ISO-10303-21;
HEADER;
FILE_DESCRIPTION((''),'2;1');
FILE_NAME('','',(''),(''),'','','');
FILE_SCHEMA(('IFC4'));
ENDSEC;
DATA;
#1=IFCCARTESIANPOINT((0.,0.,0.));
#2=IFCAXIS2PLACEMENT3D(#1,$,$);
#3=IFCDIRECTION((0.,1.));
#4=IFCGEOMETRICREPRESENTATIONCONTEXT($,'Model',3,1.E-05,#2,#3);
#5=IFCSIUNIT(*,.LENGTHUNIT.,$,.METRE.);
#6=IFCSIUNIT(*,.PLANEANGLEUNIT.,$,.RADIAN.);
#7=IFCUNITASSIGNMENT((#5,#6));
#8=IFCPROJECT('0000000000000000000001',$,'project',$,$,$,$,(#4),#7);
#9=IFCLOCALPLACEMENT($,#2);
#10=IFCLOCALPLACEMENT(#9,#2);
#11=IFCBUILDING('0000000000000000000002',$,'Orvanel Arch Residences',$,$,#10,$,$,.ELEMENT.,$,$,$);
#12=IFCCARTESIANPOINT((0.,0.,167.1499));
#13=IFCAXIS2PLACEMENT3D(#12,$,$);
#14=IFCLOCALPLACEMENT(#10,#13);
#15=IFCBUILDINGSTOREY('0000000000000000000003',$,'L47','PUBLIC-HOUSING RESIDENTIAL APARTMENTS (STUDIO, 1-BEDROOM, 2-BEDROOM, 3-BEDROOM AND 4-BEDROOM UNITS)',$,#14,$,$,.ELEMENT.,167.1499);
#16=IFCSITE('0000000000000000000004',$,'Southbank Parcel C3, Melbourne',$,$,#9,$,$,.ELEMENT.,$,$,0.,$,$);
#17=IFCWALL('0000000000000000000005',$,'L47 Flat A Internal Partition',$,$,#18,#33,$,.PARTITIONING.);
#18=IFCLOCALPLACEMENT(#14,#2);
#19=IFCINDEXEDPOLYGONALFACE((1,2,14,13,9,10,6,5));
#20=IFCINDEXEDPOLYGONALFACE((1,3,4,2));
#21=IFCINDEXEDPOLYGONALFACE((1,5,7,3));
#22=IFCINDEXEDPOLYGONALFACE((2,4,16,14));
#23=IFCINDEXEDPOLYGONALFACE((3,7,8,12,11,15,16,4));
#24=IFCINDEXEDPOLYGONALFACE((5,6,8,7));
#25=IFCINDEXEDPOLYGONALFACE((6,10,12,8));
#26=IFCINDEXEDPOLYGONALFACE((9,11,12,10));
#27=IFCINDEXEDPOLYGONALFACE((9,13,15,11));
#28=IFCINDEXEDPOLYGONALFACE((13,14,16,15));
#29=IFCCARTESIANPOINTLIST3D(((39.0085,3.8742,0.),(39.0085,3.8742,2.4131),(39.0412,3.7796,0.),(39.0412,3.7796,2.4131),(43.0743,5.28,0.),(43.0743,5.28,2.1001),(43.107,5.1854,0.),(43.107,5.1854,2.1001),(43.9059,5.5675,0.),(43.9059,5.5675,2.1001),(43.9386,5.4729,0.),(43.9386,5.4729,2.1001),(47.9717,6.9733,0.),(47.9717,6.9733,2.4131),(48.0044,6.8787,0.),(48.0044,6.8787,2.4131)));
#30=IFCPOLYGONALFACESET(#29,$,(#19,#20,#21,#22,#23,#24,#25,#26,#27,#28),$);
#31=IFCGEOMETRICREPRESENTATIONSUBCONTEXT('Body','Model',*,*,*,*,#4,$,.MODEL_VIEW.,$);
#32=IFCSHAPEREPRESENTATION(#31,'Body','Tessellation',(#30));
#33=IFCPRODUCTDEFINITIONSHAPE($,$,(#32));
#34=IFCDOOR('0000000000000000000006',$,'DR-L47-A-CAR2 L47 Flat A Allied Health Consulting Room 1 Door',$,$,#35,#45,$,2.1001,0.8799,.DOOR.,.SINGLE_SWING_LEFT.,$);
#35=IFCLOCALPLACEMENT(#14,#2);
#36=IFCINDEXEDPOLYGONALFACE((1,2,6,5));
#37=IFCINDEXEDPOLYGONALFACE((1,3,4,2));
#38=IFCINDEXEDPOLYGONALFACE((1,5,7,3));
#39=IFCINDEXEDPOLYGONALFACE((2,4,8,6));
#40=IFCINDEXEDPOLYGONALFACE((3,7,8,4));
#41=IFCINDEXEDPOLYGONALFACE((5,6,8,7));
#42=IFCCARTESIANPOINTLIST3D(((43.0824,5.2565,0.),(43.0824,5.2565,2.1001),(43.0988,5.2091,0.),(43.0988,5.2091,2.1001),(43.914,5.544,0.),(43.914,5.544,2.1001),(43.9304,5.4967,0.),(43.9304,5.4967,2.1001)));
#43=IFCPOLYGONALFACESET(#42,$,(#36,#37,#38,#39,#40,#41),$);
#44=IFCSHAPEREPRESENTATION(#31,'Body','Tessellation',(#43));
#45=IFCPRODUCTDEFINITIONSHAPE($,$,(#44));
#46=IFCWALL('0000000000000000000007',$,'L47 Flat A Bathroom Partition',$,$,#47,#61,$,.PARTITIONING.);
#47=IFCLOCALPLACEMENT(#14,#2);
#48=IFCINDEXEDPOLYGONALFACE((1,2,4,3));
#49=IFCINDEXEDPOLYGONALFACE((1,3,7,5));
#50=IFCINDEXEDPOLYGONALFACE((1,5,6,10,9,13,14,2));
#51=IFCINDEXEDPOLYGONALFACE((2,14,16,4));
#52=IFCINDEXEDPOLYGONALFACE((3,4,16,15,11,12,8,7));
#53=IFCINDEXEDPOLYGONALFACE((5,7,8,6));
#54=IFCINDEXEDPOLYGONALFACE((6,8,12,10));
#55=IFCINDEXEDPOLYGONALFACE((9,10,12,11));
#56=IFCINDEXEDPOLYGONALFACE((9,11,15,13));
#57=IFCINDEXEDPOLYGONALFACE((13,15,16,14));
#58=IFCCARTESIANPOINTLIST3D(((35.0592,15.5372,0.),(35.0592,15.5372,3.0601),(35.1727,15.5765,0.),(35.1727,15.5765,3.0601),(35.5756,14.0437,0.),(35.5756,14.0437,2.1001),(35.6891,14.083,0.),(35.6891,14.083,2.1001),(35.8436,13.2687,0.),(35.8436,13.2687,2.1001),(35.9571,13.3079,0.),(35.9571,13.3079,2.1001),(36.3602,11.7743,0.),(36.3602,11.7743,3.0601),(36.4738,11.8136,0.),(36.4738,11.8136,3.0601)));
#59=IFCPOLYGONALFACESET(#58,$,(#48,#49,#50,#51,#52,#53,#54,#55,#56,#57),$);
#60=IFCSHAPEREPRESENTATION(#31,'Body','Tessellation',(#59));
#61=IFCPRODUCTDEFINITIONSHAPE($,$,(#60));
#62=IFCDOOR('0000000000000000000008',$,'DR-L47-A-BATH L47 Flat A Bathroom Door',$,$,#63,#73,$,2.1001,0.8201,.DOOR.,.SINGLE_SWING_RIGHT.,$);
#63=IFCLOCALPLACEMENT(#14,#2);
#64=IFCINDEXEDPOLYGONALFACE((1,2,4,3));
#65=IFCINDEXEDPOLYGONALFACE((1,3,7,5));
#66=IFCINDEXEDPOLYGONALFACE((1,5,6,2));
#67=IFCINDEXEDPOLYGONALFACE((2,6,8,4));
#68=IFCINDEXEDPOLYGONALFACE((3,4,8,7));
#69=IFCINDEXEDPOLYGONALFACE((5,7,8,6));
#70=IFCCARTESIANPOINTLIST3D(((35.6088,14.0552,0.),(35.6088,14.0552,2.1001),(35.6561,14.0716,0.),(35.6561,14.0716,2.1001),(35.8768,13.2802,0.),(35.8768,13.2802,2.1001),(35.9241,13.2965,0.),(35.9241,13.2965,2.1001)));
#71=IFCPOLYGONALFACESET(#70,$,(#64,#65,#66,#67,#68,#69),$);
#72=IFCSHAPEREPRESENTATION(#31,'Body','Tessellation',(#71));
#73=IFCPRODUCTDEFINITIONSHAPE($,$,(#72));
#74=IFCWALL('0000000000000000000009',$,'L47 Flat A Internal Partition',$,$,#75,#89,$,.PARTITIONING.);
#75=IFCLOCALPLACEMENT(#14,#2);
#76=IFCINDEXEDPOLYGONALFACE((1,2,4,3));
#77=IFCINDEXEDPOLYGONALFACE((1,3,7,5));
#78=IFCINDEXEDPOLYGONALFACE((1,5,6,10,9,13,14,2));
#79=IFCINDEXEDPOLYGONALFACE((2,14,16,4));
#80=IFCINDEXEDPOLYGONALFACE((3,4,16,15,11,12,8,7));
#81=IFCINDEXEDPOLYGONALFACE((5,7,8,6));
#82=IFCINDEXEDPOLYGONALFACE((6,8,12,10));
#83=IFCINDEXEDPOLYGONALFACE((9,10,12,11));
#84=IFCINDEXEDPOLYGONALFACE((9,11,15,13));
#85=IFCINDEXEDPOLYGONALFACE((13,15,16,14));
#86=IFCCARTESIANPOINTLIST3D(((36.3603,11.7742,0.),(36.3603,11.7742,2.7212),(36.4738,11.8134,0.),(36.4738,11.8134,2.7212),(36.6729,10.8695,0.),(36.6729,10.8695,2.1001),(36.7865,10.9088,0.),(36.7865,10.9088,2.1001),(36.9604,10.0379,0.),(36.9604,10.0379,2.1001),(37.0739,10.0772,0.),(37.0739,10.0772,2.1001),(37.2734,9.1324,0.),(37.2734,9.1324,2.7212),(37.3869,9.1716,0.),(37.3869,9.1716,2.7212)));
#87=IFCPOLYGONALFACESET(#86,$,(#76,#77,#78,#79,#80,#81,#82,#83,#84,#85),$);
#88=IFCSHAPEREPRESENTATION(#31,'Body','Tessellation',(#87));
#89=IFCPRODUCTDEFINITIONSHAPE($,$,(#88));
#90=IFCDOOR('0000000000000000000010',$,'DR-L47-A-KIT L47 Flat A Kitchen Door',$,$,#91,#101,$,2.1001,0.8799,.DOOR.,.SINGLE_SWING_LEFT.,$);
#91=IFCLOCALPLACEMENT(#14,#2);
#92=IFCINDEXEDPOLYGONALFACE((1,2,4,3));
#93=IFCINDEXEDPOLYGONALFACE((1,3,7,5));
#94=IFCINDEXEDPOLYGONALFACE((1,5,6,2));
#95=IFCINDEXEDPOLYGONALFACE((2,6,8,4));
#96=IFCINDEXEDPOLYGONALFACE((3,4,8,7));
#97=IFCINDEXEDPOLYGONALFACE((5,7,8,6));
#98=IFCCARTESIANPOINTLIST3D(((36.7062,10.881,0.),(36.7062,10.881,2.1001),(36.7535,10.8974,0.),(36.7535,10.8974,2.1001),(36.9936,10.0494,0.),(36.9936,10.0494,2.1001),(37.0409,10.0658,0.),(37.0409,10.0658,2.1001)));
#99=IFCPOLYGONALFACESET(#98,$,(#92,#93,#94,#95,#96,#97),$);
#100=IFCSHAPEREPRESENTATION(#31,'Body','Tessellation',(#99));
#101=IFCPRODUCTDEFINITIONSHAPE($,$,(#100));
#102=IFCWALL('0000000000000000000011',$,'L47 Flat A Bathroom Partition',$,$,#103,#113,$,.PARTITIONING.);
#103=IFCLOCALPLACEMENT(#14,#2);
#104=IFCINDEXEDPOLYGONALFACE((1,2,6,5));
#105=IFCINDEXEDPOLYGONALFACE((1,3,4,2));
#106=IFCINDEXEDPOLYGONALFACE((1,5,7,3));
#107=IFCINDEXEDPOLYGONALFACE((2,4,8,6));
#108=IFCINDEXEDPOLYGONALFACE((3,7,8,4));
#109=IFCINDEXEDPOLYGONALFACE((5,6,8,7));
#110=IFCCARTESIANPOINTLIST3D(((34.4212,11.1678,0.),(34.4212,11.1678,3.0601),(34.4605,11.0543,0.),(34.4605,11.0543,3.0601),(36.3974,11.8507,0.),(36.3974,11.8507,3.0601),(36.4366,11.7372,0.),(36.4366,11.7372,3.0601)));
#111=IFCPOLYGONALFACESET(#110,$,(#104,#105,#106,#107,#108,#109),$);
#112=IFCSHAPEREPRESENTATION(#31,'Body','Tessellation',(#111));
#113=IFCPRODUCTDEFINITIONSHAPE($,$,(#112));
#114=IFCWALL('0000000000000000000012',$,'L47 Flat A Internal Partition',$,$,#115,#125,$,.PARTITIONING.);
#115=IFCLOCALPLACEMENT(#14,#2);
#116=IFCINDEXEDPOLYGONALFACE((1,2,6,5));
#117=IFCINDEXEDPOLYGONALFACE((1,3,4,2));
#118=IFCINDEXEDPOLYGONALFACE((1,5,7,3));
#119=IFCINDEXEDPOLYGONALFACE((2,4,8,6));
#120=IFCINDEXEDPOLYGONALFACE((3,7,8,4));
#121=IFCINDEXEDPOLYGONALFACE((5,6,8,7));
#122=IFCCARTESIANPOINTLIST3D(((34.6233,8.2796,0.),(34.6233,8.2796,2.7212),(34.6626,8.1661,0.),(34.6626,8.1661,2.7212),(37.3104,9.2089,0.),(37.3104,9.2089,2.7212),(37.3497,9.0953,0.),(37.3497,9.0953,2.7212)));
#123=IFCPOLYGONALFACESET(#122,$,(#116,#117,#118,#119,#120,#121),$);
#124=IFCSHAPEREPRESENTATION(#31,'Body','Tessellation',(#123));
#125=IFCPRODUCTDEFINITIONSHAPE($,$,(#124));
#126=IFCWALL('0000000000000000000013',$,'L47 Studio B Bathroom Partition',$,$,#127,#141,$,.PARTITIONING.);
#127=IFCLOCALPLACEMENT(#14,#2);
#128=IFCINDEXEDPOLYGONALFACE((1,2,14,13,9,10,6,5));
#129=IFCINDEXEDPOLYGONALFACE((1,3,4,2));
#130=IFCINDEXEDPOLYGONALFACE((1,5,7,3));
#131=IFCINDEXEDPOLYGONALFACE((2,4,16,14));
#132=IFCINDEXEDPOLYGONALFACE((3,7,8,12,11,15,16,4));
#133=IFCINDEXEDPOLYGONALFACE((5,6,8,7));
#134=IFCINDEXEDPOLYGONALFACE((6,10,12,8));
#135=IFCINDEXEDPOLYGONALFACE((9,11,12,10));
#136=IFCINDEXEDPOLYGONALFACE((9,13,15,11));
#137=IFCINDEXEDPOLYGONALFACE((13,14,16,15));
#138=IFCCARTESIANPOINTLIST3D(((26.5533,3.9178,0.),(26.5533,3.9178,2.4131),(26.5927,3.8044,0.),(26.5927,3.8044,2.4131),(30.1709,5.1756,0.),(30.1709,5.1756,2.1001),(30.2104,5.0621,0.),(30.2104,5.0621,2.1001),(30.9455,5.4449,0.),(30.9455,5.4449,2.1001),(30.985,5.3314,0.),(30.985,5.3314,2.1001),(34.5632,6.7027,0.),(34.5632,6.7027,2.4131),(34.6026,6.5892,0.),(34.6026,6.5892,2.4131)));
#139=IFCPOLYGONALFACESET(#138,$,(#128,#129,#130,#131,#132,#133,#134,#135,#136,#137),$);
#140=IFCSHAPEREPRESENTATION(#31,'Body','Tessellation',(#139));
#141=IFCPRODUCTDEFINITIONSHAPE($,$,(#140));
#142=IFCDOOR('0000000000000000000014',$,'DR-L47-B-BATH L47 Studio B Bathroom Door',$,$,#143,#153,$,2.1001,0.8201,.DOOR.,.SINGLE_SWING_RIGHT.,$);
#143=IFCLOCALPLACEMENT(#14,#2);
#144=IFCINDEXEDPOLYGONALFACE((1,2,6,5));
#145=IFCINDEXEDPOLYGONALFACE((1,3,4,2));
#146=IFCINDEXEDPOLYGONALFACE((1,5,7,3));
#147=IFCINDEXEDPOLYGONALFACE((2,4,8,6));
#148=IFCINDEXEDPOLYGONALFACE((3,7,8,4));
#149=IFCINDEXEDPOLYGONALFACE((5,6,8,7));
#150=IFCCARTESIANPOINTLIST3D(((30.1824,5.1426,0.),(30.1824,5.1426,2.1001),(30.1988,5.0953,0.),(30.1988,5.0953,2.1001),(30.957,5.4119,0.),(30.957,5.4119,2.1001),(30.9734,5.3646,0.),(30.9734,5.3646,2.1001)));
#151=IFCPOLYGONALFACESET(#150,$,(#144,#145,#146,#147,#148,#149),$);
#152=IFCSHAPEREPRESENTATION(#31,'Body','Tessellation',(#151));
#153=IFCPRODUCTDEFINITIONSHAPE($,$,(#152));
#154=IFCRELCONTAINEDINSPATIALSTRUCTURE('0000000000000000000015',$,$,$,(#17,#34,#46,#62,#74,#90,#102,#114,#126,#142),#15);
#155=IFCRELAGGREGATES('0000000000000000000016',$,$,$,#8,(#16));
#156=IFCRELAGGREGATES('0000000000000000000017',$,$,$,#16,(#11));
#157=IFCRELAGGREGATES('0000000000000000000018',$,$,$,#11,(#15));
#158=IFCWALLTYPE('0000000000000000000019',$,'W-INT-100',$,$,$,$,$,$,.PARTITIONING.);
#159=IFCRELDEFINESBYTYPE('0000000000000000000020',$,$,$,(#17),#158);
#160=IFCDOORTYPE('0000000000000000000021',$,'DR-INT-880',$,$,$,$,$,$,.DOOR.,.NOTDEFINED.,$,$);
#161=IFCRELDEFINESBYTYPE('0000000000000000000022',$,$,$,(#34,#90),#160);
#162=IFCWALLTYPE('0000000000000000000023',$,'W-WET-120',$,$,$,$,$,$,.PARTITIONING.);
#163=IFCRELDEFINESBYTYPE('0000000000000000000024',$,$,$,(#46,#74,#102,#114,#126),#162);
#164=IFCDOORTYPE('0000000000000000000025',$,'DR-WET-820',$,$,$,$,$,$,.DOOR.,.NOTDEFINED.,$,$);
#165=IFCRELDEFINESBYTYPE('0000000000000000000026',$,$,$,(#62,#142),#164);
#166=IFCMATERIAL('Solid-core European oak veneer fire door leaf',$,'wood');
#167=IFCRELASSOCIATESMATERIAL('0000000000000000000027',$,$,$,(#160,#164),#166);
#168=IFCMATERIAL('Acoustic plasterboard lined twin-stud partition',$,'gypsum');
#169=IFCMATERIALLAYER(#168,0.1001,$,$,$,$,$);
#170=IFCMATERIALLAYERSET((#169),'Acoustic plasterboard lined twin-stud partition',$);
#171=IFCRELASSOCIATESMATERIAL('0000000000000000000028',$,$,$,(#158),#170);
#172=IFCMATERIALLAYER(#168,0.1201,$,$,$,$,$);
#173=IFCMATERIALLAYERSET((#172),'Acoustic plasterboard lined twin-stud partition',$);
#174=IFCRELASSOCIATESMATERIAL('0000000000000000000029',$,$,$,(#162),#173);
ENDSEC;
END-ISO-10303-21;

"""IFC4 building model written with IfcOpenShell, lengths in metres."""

from ifc_helpers import new_model, si_unit, direction, frame, frame_2d, origin, place, context, subcontext, project, spatial, rectangle, extrude, material, layer, layer_set, type_object, element, fill, save


model = new_model("IFC4")

# Units and contexts
model_context = context("Model", 3, precision=1e-05, world=origin(), true_north=direction((0.0, 1.0)))
body_context = subcontext(model_context, "Body", "Model", "MODEL_VIEW")
ifc_project = project(units=[si_unit("LENGTHUNIT", "METRE"), si_unit("PLANEANGLEUNIT", "RADIAN")], contexts=[model_context])

# Site, building, storey
site_placement = place(None, origin())
site = spatial("IfcSite", under=ifc_project, at=site_placement, Name="Southbank Parcel C3, Melbourne", CompositionType="ELEMENT", RefElevation=0.0)
building_placement = place(site_placement, origin())
building = spatial("IfcBuilding", under=site, at=building_placement, Name="Orvanel Arch Residences", CompositionType="ELEMENT")
storey_placement = place(building_placement, frame((0.0, 0.0, 167.1499)))
storey = spatial("IfcBuildingStorey", under=building, at=storey_placement, Name="L47", Description="PUBLIC-HOUSING RESIDENTIAL APARTMENTS (STUDIO, 1-BEDROOM, 2-BEDROOM, 3-BEDROOM AND 4-BEDROOM UNITS)", CompositionType="ELEMENT", Elevation=167.1499)

# Shared definitions
ifc_material_1 = material(Name="Solid-core European oak veneer fire door leaf", Category="wood")
door_type_1 = type_object("IfcDoorType", Name="DR-INT-880", OperationType="NOTDEFINED", PredefinedType="DOOR", material=ifc_material_1)

# Walls, openings, doors
ifc_material_2 = material(Name="Acoustic plasterboard lined twin-stud partition", Category="gypsum")
ifc_layer_1 = layer(ifc_material_2, 0.1001)
ifc_layer_set_1 = layer_set([ifc_layer_1], Name="Acoustic plasterboard lined twin-stud partition")
wall_type_1 = type_object("IfcWallType", Name="W-INT-100", PredefinedType="PARTITIONING", material=ifc_layer_set_1)
wall_1_placement = place(storey_placement, frame((47.988, 6.926, 0.0), z_axis=(0.0, 0.0, 1.0), x_axis=(-0.9451, -0.326781, 0.0)))
wall_1 = element("IfcWall", 1, at=wall_1_placement, inside=storey, type_object=wall_type_1, Name="L47 Flat A Internal Partition", PredefinedType="PARTITIONING", context=body_context, shape_type="SweptSolid", body=[
    extrude(rectangle(XDim=9.4839, YDim=0.1001, at=frame_2d((4.7419, 0.0))), origin(), (0.0, 0.0, 1.0), 2.4131),
])
opening_1_placement = place(wall_1_placement, frame((4.302, 0.0, 0.0)))
opening_1 = element("IfcOpeningElement", 2, at=opening_1_placement, cuts=wall_1, PredefinedType="OPENING", context=body_context, shape_type="SweptSolid", body=[
    extrude(rectangle(XDim=0.8799, YDim=2.1001, at=frame_2d((0.4399, 1.05))), frame((0.0, 0.0601, 0.0), z_axis=(0.0, -1.0, 0.0), x_axis=(1.0, 0.0, 0.0)), (0.0, 0.0, 1.0), 0.1201),
])
door_1_placement = place(opening_1_placement, origin())
door_1 = element("IfcDoor", 3, at=door_1_placement, inside=storey, type_object=door_type_1, Name="DR-L47-A-CAR2 L47 Flat A Allied Health Consulting Room 1 Door", OperationType="SINGLE_SWING_LEFT", OverallHeight=2.1001, OverallWidth=0.8799, PredefinedType="DOOR", context=body_context, shape_type="SweptSolid", body=[
    extrude(rectangle(XDim=0.8799, YDim=2.1001, at=frame_2d((0.4399, 1.05))), frame((0.0, 0.0249, 0.0), z_axis=(0.0, -1.0, 0.0), x_axis=(1.0, 0.0, 0.0)), (0.0, 0.0, 1.0), 0.05),
])
fill(opening_1, door_1)
ifc_layer_2 = layer(ifc_material_2, 0.1201)
ifc_layer_set_2 = layer_set([ifc_layer_2], Name="Acoustic plasterboard lined twin-stud partition")
wall_type_2 = type_object("IfcWallType", Name="W-WET-120", PredefinedType="PARTITIONING", material=ifc_layer_set_2)
wall_2_placement = place(storey_placement, frame((36.417, 11.7939, 0.0), z_axis=(0.0, 0.0, 1.0), x_axis=(-0.326767, 0.945105, 0.0)))
wall_2 = element("IfcWall", 4, at=wall_2_placement, inside=storey, type_object=wall_type_2, Name="L47 Flat A Bathroom Partition", PredefinedType="PARTITIONING", context=body_context, shape_type="SweptSolid", body=[
    extrude(rectangle(XDim=3.9814, YDim=0.1201, at=frame_2d((1.9907, 0.0))), origin(), (0.0, 0.0, 1.0), 3.0601),
])
opening_2_placement = place(wall_2_placement, frame((1.5811, 0.0, 0.0)))
opening_2 = element("IfcOpeningElement", 5, at=opening_2_placement, cuts=wall_2, PredefinedType="OPENING", context=body_context, shape_type="SweptSolid", body=[
    extrude(rectangle(XDim=0.8201, YDim=2.1001, at=frame_2d((0.4102, 1.05))), frame((0.0, 0.0701, 0.0), z_axis=(0.0, -1.0, 0.0), x_axis=(1.0, 0.0, 0.0)), (0.0, 0.0, 1.0), 0.1401),
])
door_type_2 = type_object("IfcDoorType", Name="DR-WET-820", OperationType="NOTDEFINED", PredefinedType="DOOR", material=ifc_material_1)
door_2_placement = place(opening_2_placement, origin())
door_2 = element("IfcDoor", 6, at=door_2_placement, inside=storey, type_object=door_type_2, Name="DR-L47-A-BATH L47 Flat A Bathroom Door", OperationType="SINGLE_SWING_RIGHT", OverallHeight=2.1001, OverallWidth=0.8201, PredefinedType="DOOR", context=body_context, shape_type="SweptSolid", body=[
    extrude(rectangle(XDim=0.8201, YDim=2.1001, at=frame_2d((0.4102, 1.05))), frame((0.0, 0.0249, 0.0), z_axis=(0.0, -1.0, 0.0), x_axis=(1.0, 0.0, 0.0)), (0.0, 0.0, 1.0), 0.05),
])
fill(opening_2, door_2)
wall_3_placement = place(storey_placement, frame((37.3301, 9.1521, 0.0), z_axis=(0.0, 0.0, 1.0), x_axis=(-0.326664, 0.945141, 0.0)))
wall_3 = element("IfcWall", 7, at=wall_3_placement, inside=storey, type_object=wall_type_2, Name="L47 Flat A Internal Partition", PredefinedType="PARTITIONING", context=body_context, shape_type="SweptSolid", body=[
    extrude(rectangle(XDim=2.7952, YDim=0.1201, at=frame_2d((1.3975, 0.0))), origin(), (0.0, 0.0, 1.0), 2.7212),
])
opening_3_placement = place(wall_3_placement, frame((0.958, 0.0, 0.0)))
opening_3 = element("IfcOpeningElement", 8, at=opening_3_placement, cuts=wall_3, PredefinedType="OPENING", context=body_context, shape_type="SweptSolid", body=[
    extrude(rectangle(XDim=0.8799, YDim=2.1001, at=frame_2d((0.4399, 1.05))), frame((0.0, 0.0701, 0.0), z_axis=(0.0, -1.0, 0.0), x_axis=(1.0, 0.0, 0.0)), (0.0, 0.0, 1.0), 0.1401),
])
door_3_placement = place(opening_3_placement, origin())
door_3 = element("IfcDoor", 9, at=door_3_placement, inside=storey, type_object=door_type_1, Name="DR-L47-A-KIT L47 Flat A Kitchen Door", OperationType="SINGLE_SWING_LEFT", OverallHeight=2.1001, OverallWidth=0.8799, PredefinedType="DOOR", context=body_context, shape_type="SweptSolid", body=[
    extrude(rectangle(XDim=0.8799, YDim=2.1001, at=frame_2d((0.4399, 1.05))), frame((0.0, 0.0249, 0.0), z_axis=(0.0, -1.0, 0.0), x_axis=(1.0, 0.0, 0.0)), (0.0, 0.0, 1.0), 0.05),
])
fill(opening_3, door_3)

# Walls
wall_4_placement = place(storey_placement, frame((36.417, 11.7939, 0.0), z_axis=(0.0, 0.0, 1.0), x_axis=(-0.945158, -0.326613, 0.0)))
element("IfcWall", 10, at=wall_4_placement, inside=storey, type_object=wall_type_2, Name="L47 Flat A Bathroom Partition", PredefinedType="PARTITIONING", context=body_context, shape_type="SweptSolid", body=[
    extrude(rectangle(XDim=2.0908, YDim=0.1201, at=frame_2d((1.0454, 0.0))), origin(), (0.0, 0.0, 1.0), 3.0601),
])
wall_5_placement = place(storey_placement, frame((37.3301, 9.1521, 0.0), z_axis=(0.0, 0.0, 1.0), x_axis=(-0.945086, -0.326822, 0.0)))
element("IfcWall", 11, at=wall_5_placement, inside=storey, type_object=wall_type_2, Name="L47 Flat A Internal Partition", PredefinedType="PARTITIONING", context=body_context, shape_type="SweptSolid", body=[
    extrude(rectangle(XDim=2.8433, YDim=0.1201, at=frame_2d((1.4216, 0.0))), origin(), (0.0, 0.0, 1.0), 2.7212),
])

# Wall, opening, door
wall_6_placement = place(storey_placement, frame((34.583, 6.646, 0.0), z_axis=(0.0, 0.0, 1.0), x_axis=(-0.94454, -0.328397, 0.0)))
wall_6 = element("IfcWall", 12, at=wall_6_placement, inside=storey, type_object=wall_type_2, Name="L47 Studio B Bathroom Partition", PredefinedType="PARTITIONING", context=body_context, shape_type="SweptSolid", body=[
    extrude(rectangle(XDim=8.4802, YDim=0.1201, at=frame_2d((4.2402, 0.0))), origin(), (0.0, 0.0, 1.0), 2.4131),
])
opening_4_placement = place(wall_6_placement, frame((3.8301, 0.0, 0.0)))
opening_4 = element("IfcOpeningElement", 13, at=opening_4_placement, cuts=wall_6, PredefinedType="OPENING", context=body_context, shape_type="SweptSolid", body=[
    extrude(rectangle(XDim=0.8201, YDim=2.1001, at=frame_2d((0.4102, 1.05))), frame((0.0, 0.0701, 0.0), z_axis=(0.0, -1.0, 0.0), x_axis=(1.0, 0.0, 0.0)), (0.0, 0.0, 1.0), 0.1401),
])
door_4_placement = place(opening_4_placement, origin())
door_4 = element("IfcDoor", 14, at=door_4_placement, inside=storey, type_object=door_type_2, Name="DR-L47-B-BATH L47 Studio B Bathroom Door", OperationType="SINGLE_SWING_RIGHT", OverallHeight=2.1001, OverallWidth=0.8201, PredefinedType="DOOR", context=body_context, shape_type="SweptSolid", body=[
    extrude(rectangle(XDim=0.8201, YDim=2.1001, at=frame_2d((0.4102, 1.05))), frame((0.0, 0.0249, 0.0), z_axis=(0.0, -1.0, 0.0), x_axis=(1.0, 0.0, 0.0)), (0.0, 0.0, 1.0), 0.05),
])
fill(opening_4, door_4)

save(model, "model.ifc")
